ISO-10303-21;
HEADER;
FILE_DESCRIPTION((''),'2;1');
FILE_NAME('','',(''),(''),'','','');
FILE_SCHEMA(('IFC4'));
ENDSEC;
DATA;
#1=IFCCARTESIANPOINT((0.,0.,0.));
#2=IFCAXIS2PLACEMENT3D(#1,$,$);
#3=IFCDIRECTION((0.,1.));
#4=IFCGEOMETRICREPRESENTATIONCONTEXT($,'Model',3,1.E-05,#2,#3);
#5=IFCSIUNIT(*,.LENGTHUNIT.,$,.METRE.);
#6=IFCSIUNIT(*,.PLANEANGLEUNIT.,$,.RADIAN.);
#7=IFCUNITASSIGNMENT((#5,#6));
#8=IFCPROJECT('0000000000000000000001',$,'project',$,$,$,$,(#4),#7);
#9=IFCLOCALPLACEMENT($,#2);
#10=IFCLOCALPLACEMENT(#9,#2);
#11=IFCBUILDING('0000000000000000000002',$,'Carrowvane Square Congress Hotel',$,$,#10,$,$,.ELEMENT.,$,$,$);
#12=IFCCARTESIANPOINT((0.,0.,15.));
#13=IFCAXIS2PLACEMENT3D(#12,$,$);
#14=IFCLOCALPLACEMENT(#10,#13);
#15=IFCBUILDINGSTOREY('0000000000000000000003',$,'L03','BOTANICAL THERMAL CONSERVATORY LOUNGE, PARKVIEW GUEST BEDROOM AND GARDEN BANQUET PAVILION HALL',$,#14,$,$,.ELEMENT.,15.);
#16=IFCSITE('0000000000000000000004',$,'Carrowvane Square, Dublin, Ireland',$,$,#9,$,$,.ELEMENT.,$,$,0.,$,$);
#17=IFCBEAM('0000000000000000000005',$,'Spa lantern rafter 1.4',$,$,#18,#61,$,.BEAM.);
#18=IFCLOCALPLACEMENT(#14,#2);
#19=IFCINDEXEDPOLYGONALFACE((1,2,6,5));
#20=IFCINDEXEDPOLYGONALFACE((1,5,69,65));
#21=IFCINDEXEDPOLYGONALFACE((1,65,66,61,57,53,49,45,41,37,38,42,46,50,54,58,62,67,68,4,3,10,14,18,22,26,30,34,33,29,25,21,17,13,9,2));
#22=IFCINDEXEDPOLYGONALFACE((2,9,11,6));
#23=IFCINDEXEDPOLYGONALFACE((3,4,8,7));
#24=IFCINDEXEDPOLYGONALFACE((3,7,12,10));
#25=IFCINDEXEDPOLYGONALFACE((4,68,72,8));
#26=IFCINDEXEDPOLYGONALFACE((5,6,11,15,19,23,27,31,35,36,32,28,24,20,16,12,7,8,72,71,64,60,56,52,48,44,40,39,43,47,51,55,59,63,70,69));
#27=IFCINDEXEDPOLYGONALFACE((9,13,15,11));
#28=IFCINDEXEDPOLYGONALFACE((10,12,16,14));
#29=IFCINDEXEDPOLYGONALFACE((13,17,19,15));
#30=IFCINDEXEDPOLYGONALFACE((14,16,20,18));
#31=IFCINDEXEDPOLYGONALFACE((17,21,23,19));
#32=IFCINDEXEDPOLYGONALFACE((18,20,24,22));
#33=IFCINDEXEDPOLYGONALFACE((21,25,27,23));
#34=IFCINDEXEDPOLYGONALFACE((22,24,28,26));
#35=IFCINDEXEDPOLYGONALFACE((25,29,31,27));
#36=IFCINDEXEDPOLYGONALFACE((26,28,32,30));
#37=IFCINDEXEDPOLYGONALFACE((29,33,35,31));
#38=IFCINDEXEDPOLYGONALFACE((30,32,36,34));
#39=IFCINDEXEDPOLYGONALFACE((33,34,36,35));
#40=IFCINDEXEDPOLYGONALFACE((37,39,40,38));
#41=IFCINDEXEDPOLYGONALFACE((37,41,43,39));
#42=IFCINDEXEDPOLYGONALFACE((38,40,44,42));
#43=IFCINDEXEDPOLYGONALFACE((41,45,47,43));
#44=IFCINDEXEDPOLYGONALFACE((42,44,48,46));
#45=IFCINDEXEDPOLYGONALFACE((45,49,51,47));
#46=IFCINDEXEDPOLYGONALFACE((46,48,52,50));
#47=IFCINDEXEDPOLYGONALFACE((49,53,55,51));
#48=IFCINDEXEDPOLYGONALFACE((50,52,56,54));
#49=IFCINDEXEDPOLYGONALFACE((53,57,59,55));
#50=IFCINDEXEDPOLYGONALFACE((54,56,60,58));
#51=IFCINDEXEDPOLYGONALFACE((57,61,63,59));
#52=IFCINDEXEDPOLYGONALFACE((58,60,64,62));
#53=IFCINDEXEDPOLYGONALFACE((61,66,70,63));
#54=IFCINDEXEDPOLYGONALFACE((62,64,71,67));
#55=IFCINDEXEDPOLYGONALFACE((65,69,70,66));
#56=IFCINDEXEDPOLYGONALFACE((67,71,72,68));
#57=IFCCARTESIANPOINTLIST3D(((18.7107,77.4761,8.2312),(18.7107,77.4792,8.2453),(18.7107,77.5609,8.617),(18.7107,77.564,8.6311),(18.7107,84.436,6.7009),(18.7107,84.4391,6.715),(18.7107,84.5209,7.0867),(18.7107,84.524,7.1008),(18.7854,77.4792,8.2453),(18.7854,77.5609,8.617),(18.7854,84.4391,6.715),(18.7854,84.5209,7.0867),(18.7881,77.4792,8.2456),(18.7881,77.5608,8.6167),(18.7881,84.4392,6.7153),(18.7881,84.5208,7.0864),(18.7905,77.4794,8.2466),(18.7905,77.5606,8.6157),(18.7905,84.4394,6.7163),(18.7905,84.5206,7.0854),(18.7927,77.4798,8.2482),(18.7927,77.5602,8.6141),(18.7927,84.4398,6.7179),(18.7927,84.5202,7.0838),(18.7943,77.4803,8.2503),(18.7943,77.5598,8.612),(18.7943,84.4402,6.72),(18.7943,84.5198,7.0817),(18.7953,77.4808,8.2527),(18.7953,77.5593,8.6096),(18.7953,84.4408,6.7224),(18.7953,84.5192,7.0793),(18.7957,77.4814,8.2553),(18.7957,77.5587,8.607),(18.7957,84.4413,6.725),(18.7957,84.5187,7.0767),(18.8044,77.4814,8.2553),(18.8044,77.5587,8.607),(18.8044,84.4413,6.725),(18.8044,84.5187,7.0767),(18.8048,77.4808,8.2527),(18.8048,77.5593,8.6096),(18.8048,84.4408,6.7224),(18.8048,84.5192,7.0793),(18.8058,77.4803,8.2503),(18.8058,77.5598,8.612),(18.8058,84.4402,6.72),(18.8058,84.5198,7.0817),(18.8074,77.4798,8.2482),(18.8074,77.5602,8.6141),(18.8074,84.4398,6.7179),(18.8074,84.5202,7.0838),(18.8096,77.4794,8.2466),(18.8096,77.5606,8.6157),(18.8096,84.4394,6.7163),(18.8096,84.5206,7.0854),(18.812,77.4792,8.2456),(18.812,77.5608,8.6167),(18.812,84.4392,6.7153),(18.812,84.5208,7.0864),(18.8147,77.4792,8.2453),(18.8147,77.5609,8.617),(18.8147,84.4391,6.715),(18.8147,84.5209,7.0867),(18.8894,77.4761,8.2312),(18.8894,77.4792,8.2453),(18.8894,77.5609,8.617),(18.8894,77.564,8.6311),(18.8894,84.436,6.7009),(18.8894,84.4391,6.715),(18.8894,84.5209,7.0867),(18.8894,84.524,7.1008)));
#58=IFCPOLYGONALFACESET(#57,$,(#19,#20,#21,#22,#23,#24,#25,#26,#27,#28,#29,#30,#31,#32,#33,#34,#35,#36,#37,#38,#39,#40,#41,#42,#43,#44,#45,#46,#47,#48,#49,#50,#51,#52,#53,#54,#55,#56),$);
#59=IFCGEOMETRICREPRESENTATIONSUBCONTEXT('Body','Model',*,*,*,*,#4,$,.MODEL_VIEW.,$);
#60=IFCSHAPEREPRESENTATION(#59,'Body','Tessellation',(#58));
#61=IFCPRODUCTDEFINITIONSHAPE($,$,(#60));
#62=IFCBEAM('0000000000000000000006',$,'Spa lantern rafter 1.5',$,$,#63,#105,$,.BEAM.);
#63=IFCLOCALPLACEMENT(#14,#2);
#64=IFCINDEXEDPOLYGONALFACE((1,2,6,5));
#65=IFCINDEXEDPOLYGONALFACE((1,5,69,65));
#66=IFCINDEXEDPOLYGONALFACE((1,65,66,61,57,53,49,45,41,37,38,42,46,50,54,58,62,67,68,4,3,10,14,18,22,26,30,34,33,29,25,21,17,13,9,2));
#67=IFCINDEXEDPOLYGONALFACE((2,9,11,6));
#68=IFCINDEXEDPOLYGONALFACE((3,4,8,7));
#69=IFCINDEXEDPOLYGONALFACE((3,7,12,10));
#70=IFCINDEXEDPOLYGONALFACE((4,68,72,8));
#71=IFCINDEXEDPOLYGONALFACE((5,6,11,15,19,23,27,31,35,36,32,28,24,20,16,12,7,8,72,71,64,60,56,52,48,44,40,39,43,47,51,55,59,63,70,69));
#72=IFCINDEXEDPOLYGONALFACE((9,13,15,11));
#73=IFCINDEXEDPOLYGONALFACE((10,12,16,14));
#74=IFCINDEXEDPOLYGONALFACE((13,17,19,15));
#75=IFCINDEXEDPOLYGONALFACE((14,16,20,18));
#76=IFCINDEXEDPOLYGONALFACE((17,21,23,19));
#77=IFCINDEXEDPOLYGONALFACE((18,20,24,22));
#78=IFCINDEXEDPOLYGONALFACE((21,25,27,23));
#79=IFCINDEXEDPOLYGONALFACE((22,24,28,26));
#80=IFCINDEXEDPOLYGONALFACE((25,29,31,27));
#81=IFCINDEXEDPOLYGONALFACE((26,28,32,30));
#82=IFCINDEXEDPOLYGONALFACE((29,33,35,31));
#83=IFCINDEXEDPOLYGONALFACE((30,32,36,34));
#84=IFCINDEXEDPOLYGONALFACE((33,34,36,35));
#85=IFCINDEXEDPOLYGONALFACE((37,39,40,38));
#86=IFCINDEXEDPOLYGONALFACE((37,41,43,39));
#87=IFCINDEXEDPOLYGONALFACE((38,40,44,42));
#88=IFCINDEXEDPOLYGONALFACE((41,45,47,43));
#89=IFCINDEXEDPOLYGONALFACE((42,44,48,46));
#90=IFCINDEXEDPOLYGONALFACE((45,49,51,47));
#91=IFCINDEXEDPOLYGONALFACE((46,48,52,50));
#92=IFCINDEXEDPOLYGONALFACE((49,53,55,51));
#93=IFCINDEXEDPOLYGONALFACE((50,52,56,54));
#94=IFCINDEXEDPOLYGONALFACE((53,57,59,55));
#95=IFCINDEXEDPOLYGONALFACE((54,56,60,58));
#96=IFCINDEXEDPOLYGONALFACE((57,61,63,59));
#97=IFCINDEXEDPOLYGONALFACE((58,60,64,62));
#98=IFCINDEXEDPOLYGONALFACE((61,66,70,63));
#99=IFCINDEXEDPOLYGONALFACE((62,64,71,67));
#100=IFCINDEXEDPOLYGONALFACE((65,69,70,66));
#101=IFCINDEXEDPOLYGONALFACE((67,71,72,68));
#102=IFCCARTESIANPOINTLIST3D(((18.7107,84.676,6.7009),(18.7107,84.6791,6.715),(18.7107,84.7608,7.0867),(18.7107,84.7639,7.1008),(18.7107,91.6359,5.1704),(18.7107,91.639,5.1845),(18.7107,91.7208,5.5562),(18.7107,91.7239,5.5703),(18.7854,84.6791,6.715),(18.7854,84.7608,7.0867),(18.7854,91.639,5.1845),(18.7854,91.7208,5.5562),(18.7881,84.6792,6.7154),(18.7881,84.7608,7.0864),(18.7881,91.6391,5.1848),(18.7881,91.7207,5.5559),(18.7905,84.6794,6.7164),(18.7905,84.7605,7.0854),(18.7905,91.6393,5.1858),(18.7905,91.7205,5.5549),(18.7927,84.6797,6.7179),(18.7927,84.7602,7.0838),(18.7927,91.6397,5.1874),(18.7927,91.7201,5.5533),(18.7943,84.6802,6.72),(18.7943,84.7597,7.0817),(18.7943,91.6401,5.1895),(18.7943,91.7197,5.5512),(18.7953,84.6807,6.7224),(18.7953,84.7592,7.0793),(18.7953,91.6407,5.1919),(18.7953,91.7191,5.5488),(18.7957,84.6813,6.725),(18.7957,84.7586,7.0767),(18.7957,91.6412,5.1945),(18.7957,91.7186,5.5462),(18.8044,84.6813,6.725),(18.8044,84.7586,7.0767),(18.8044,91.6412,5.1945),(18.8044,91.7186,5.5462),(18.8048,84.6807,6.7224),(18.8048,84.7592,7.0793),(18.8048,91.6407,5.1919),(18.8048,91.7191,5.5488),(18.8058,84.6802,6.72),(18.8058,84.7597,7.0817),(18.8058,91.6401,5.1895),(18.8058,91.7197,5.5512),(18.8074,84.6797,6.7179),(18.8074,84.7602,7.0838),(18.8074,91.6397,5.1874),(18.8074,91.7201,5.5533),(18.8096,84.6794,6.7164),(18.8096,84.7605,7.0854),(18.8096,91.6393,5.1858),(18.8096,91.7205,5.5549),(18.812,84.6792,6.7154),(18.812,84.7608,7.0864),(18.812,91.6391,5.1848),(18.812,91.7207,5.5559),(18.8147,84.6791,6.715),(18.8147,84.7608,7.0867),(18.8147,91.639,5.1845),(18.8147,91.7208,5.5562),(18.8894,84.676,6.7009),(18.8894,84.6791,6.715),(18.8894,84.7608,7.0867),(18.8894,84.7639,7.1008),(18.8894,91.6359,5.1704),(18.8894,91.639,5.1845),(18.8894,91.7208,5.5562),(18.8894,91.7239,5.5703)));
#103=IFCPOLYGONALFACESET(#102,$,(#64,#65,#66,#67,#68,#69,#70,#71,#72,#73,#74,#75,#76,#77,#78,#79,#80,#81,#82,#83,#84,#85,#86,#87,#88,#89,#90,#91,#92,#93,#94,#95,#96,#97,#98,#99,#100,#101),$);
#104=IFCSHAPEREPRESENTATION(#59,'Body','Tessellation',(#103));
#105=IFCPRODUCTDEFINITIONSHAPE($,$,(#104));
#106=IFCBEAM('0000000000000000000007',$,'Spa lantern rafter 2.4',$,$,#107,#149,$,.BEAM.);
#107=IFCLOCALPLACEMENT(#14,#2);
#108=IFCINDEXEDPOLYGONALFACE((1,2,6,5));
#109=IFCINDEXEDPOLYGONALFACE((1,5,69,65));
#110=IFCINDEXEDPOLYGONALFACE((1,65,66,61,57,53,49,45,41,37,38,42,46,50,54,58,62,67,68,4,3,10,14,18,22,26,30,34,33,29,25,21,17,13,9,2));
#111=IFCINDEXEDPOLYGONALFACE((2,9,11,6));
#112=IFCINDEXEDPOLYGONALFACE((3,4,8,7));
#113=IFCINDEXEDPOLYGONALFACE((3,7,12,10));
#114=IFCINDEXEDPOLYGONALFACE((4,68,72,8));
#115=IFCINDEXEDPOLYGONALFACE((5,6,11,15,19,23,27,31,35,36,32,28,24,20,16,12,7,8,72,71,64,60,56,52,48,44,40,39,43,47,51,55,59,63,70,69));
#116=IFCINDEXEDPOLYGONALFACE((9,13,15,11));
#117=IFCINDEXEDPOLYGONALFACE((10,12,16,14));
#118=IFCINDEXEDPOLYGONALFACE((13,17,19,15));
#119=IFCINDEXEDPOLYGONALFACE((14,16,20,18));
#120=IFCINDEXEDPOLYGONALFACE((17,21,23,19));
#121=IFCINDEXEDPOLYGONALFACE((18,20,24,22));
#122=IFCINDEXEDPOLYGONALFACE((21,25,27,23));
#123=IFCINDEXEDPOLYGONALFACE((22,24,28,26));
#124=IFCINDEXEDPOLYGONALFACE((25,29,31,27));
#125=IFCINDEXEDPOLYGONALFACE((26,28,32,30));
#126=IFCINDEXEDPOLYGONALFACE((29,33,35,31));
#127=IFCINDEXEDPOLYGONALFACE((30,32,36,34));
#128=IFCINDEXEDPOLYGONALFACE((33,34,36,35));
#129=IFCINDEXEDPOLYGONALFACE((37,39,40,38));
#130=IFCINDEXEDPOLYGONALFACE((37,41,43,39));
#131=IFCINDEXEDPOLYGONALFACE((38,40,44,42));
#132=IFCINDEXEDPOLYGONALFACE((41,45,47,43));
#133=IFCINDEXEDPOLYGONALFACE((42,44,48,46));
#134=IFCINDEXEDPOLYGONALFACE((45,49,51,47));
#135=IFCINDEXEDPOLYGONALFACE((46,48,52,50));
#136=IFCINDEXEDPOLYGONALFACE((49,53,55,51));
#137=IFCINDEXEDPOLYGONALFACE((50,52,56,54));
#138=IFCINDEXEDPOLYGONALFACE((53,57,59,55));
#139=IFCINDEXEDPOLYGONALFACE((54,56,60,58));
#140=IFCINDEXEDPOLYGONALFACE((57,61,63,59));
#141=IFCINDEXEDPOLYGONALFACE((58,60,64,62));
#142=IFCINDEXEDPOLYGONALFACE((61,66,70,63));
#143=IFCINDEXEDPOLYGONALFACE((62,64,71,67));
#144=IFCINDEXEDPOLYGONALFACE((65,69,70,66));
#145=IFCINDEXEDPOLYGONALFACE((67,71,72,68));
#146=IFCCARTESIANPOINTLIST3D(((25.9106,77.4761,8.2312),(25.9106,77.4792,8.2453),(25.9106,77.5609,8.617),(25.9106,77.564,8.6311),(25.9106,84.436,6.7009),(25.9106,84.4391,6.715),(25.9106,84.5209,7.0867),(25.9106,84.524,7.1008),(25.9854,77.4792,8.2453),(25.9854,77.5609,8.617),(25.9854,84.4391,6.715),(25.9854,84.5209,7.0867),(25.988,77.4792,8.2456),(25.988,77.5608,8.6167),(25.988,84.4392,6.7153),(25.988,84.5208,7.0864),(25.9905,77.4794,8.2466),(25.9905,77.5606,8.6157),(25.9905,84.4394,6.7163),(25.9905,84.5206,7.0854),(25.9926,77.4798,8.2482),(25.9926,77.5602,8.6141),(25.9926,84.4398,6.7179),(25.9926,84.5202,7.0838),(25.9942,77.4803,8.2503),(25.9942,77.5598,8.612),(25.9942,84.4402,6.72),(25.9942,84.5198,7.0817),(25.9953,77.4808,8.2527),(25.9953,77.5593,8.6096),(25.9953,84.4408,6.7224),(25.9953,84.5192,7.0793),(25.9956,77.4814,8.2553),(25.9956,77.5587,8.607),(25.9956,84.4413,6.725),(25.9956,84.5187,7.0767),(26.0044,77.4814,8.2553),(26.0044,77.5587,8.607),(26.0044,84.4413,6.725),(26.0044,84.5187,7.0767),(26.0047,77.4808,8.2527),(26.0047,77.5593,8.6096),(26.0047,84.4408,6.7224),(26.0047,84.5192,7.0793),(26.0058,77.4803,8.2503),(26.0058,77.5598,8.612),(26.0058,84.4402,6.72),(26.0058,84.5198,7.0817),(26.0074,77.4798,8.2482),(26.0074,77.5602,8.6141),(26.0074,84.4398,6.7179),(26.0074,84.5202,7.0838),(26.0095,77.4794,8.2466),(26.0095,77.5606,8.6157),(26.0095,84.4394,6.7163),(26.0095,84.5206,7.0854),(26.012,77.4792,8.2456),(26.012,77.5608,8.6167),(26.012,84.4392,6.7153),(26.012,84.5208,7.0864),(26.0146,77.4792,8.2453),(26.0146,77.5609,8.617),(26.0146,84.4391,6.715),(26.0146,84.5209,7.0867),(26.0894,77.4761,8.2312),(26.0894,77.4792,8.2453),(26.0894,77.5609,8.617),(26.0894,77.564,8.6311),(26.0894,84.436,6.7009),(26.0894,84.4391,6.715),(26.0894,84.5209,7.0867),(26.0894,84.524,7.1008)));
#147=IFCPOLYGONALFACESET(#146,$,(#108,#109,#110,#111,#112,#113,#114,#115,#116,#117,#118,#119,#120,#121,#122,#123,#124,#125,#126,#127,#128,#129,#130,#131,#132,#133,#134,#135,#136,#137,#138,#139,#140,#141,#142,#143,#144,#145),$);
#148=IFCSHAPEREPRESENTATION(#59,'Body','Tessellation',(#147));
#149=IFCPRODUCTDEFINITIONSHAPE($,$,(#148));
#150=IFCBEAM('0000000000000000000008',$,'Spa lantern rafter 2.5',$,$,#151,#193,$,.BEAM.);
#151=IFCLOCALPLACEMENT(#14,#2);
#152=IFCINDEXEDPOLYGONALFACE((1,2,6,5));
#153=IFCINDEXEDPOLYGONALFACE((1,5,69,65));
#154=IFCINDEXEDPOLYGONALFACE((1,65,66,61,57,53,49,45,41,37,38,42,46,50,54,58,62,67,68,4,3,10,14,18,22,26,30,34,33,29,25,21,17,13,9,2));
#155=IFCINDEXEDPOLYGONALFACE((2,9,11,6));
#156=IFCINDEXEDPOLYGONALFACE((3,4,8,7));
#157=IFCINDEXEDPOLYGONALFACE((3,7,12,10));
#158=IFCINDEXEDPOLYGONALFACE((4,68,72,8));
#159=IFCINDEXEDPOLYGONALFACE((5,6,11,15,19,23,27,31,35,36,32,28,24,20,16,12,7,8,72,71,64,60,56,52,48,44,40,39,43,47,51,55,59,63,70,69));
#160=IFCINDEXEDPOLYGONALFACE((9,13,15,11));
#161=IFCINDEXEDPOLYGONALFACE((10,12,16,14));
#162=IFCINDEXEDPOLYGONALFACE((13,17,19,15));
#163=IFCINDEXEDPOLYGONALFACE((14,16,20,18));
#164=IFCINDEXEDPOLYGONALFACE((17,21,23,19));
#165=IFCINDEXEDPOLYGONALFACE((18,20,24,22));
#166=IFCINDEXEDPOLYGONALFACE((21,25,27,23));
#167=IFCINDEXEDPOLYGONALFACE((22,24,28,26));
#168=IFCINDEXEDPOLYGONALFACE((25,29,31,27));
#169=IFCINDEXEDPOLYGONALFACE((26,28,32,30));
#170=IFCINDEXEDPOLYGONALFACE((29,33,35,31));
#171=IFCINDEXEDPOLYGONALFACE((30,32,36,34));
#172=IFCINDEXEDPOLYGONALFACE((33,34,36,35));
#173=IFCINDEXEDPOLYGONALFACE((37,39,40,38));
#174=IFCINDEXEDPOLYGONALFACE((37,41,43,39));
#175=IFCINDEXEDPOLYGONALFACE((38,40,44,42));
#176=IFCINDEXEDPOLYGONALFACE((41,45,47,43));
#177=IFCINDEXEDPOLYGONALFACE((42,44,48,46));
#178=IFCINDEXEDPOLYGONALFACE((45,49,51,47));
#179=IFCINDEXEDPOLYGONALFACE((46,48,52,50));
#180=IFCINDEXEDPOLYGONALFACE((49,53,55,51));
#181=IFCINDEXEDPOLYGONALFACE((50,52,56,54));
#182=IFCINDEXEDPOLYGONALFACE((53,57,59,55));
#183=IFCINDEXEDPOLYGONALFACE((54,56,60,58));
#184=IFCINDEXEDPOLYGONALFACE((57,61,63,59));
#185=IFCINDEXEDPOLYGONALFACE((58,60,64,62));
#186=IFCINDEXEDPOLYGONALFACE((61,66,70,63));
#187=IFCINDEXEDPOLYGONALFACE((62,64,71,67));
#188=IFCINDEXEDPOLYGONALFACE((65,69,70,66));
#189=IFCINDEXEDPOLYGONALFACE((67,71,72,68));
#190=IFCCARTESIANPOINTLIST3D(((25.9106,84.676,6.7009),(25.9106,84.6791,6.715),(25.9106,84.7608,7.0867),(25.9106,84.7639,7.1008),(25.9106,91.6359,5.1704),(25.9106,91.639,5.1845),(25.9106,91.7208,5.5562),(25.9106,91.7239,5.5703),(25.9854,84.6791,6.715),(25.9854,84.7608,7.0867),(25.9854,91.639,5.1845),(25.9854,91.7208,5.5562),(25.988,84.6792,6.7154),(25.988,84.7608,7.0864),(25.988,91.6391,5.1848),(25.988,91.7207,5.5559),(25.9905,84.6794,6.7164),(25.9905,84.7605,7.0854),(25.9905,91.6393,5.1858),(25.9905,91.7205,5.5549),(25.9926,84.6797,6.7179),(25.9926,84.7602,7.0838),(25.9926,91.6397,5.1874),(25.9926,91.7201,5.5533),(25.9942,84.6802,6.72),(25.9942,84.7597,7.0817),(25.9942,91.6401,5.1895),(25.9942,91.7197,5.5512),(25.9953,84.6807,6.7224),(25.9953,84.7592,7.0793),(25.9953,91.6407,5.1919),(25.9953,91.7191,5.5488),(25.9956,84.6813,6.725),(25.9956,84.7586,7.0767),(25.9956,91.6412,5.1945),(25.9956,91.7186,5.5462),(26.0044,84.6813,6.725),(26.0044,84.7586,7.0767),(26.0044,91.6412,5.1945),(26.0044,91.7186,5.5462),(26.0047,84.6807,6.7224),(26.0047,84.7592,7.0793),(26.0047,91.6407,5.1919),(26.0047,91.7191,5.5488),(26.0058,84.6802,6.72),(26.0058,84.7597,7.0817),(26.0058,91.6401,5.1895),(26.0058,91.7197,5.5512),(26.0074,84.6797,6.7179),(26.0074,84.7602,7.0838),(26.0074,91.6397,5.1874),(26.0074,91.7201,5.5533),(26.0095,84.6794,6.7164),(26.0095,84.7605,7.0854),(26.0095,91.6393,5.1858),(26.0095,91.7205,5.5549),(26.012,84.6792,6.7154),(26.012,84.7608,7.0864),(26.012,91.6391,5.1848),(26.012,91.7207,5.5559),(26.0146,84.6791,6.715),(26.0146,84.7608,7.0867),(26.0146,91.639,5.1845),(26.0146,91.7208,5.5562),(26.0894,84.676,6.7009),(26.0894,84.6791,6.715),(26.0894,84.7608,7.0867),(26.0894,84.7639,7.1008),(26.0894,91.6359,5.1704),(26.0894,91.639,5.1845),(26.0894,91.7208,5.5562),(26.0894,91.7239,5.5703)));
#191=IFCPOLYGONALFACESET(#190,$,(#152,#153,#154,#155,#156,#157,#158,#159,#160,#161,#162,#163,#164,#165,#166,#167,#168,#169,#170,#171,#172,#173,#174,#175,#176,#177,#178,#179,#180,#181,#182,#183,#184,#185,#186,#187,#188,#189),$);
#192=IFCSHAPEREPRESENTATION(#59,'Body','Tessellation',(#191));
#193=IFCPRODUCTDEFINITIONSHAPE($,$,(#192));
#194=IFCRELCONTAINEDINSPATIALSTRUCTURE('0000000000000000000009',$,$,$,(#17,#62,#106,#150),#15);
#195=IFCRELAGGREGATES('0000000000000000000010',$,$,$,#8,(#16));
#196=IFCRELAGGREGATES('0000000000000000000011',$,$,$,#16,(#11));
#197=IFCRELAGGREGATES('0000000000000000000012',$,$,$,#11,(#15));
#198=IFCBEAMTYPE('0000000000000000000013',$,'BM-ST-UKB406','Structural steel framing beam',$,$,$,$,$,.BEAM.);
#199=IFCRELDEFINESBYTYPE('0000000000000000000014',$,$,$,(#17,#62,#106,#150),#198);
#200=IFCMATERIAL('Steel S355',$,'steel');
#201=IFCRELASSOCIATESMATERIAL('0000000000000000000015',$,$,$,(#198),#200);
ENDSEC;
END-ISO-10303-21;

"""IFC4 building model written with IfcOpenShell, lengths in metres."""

from ifc_helpers import new_model, si_unit, direction, frame, origin, origin_2d, place, context, subcontext, project, spatial, i_section, extrude, material, material_profile, profile_set, type_object, element, save


model = new_model("IFC4")

# Units and contexts
model_context = context("Model", 3, precision=1e-05, world=origin(), true_north=direction((0.0, 1.0)))
body_context = subcontext(model_context, "Body", "Model", "MODEL_VIEW")
ifc_project = project(units=[si_unit("LENGTHUNIT", "METRE"), si_unit("PLANEANGLEUNIT", "RADIAN")], contexts=[model_context])

# Site, building, storey
site_placement = place(None, origin())
site = spatial("IfcSite", under=ifc_project, at=site_placement, Name="Carrowvane Square, Dublin, Ireland", CompositionType="ELEMENT", RefElevation=0.0)
building_placement = place(site_placement, origin())
building = spatial("IfcBuilding", under=site, at=building_placement, Name="Carrowvane Square Congress Hotel", CompositionType="ELEMENT")
storey_placement = place(building_placement, frame((0.0, 0.0, 15.0)))
storey = spatial("IfcBuildingStorey", under=building, at=storey_placement, Name="L03", Description="BOTANICAL THERMAL CONSERVATORY LOUNGE, PARKVIEW GUEST BEDROOM AND GARDEN BANQUET PAVILION HALL", CompositionType="ELEMENT", Elevation=15.0)

# Beams
ifc_material_1 = material(Name="Steel S355", Category="steel")
ifc_material_profile_1 = material_profile(ifc_material_1, i_section(OverallWidth=0.1787, OverallDepth=0.4094, WebThickness=0.0088, FlangeThickness=0.0144, FilletRadius=0.0103, at=origin_2d()), Name="UKB 406x178x67")
ifc_profile_set_1 = profile_set([ifc_material_profile_1], Name="Steel S355")
beam_type_1 = type_object("IfcBeamType", Name="BM-ST-UKB406", Description="Structural steel framing beam", PredefinedType="BEAM", material=ifc_profile_set_1)
for number, where, z_axis, x_axis, name in (
    (1, (18.8, 77.52, 8.4312), (0.0, 0.976671, -0.214739), (-1.0, 0.0, 0.0), "Spa lantern rafter 1.4"),
    (2, (18.8, 84.72, 6.9009), (0.0, 0.976664, -0.214772), (-1.0, 0.0, 0.0), "Spa lantern rafter 1.5"),
    (3, (26.0, 77.52, 8.4312), (0.0, 0.976671, -0.214739), (-1.0, 0.0, 0.0), "Spa lantern rafter 2.4"),
    (4, (26.0, 84.72, 6.9009), (0.0, 0.976664, -0.214772), (-1.0, 0.0, 0.0), "Spa lantern rafter 2.5"),
):
    element("IfcBeam", number, at=place(storey_placement, frame(where, z_axis=z_axis, x_axis=x_axis)), inside=storey, type_object=beam_type_1, Name=name, PredefinedType="BEAM", context=body_context, shape_type="SweptSolid", body=[
        extrude(i_section(OverallWidth=0.1787, OverallDepth=0.4094, WebThickness=0.0088, FlangeThickness=0.0144, FilletRadius=0.0103, at=origin_2d()), origin(), (0.0, 0.0, 1.0), 7.1262),
    ])

save(model, "model.ifc")
